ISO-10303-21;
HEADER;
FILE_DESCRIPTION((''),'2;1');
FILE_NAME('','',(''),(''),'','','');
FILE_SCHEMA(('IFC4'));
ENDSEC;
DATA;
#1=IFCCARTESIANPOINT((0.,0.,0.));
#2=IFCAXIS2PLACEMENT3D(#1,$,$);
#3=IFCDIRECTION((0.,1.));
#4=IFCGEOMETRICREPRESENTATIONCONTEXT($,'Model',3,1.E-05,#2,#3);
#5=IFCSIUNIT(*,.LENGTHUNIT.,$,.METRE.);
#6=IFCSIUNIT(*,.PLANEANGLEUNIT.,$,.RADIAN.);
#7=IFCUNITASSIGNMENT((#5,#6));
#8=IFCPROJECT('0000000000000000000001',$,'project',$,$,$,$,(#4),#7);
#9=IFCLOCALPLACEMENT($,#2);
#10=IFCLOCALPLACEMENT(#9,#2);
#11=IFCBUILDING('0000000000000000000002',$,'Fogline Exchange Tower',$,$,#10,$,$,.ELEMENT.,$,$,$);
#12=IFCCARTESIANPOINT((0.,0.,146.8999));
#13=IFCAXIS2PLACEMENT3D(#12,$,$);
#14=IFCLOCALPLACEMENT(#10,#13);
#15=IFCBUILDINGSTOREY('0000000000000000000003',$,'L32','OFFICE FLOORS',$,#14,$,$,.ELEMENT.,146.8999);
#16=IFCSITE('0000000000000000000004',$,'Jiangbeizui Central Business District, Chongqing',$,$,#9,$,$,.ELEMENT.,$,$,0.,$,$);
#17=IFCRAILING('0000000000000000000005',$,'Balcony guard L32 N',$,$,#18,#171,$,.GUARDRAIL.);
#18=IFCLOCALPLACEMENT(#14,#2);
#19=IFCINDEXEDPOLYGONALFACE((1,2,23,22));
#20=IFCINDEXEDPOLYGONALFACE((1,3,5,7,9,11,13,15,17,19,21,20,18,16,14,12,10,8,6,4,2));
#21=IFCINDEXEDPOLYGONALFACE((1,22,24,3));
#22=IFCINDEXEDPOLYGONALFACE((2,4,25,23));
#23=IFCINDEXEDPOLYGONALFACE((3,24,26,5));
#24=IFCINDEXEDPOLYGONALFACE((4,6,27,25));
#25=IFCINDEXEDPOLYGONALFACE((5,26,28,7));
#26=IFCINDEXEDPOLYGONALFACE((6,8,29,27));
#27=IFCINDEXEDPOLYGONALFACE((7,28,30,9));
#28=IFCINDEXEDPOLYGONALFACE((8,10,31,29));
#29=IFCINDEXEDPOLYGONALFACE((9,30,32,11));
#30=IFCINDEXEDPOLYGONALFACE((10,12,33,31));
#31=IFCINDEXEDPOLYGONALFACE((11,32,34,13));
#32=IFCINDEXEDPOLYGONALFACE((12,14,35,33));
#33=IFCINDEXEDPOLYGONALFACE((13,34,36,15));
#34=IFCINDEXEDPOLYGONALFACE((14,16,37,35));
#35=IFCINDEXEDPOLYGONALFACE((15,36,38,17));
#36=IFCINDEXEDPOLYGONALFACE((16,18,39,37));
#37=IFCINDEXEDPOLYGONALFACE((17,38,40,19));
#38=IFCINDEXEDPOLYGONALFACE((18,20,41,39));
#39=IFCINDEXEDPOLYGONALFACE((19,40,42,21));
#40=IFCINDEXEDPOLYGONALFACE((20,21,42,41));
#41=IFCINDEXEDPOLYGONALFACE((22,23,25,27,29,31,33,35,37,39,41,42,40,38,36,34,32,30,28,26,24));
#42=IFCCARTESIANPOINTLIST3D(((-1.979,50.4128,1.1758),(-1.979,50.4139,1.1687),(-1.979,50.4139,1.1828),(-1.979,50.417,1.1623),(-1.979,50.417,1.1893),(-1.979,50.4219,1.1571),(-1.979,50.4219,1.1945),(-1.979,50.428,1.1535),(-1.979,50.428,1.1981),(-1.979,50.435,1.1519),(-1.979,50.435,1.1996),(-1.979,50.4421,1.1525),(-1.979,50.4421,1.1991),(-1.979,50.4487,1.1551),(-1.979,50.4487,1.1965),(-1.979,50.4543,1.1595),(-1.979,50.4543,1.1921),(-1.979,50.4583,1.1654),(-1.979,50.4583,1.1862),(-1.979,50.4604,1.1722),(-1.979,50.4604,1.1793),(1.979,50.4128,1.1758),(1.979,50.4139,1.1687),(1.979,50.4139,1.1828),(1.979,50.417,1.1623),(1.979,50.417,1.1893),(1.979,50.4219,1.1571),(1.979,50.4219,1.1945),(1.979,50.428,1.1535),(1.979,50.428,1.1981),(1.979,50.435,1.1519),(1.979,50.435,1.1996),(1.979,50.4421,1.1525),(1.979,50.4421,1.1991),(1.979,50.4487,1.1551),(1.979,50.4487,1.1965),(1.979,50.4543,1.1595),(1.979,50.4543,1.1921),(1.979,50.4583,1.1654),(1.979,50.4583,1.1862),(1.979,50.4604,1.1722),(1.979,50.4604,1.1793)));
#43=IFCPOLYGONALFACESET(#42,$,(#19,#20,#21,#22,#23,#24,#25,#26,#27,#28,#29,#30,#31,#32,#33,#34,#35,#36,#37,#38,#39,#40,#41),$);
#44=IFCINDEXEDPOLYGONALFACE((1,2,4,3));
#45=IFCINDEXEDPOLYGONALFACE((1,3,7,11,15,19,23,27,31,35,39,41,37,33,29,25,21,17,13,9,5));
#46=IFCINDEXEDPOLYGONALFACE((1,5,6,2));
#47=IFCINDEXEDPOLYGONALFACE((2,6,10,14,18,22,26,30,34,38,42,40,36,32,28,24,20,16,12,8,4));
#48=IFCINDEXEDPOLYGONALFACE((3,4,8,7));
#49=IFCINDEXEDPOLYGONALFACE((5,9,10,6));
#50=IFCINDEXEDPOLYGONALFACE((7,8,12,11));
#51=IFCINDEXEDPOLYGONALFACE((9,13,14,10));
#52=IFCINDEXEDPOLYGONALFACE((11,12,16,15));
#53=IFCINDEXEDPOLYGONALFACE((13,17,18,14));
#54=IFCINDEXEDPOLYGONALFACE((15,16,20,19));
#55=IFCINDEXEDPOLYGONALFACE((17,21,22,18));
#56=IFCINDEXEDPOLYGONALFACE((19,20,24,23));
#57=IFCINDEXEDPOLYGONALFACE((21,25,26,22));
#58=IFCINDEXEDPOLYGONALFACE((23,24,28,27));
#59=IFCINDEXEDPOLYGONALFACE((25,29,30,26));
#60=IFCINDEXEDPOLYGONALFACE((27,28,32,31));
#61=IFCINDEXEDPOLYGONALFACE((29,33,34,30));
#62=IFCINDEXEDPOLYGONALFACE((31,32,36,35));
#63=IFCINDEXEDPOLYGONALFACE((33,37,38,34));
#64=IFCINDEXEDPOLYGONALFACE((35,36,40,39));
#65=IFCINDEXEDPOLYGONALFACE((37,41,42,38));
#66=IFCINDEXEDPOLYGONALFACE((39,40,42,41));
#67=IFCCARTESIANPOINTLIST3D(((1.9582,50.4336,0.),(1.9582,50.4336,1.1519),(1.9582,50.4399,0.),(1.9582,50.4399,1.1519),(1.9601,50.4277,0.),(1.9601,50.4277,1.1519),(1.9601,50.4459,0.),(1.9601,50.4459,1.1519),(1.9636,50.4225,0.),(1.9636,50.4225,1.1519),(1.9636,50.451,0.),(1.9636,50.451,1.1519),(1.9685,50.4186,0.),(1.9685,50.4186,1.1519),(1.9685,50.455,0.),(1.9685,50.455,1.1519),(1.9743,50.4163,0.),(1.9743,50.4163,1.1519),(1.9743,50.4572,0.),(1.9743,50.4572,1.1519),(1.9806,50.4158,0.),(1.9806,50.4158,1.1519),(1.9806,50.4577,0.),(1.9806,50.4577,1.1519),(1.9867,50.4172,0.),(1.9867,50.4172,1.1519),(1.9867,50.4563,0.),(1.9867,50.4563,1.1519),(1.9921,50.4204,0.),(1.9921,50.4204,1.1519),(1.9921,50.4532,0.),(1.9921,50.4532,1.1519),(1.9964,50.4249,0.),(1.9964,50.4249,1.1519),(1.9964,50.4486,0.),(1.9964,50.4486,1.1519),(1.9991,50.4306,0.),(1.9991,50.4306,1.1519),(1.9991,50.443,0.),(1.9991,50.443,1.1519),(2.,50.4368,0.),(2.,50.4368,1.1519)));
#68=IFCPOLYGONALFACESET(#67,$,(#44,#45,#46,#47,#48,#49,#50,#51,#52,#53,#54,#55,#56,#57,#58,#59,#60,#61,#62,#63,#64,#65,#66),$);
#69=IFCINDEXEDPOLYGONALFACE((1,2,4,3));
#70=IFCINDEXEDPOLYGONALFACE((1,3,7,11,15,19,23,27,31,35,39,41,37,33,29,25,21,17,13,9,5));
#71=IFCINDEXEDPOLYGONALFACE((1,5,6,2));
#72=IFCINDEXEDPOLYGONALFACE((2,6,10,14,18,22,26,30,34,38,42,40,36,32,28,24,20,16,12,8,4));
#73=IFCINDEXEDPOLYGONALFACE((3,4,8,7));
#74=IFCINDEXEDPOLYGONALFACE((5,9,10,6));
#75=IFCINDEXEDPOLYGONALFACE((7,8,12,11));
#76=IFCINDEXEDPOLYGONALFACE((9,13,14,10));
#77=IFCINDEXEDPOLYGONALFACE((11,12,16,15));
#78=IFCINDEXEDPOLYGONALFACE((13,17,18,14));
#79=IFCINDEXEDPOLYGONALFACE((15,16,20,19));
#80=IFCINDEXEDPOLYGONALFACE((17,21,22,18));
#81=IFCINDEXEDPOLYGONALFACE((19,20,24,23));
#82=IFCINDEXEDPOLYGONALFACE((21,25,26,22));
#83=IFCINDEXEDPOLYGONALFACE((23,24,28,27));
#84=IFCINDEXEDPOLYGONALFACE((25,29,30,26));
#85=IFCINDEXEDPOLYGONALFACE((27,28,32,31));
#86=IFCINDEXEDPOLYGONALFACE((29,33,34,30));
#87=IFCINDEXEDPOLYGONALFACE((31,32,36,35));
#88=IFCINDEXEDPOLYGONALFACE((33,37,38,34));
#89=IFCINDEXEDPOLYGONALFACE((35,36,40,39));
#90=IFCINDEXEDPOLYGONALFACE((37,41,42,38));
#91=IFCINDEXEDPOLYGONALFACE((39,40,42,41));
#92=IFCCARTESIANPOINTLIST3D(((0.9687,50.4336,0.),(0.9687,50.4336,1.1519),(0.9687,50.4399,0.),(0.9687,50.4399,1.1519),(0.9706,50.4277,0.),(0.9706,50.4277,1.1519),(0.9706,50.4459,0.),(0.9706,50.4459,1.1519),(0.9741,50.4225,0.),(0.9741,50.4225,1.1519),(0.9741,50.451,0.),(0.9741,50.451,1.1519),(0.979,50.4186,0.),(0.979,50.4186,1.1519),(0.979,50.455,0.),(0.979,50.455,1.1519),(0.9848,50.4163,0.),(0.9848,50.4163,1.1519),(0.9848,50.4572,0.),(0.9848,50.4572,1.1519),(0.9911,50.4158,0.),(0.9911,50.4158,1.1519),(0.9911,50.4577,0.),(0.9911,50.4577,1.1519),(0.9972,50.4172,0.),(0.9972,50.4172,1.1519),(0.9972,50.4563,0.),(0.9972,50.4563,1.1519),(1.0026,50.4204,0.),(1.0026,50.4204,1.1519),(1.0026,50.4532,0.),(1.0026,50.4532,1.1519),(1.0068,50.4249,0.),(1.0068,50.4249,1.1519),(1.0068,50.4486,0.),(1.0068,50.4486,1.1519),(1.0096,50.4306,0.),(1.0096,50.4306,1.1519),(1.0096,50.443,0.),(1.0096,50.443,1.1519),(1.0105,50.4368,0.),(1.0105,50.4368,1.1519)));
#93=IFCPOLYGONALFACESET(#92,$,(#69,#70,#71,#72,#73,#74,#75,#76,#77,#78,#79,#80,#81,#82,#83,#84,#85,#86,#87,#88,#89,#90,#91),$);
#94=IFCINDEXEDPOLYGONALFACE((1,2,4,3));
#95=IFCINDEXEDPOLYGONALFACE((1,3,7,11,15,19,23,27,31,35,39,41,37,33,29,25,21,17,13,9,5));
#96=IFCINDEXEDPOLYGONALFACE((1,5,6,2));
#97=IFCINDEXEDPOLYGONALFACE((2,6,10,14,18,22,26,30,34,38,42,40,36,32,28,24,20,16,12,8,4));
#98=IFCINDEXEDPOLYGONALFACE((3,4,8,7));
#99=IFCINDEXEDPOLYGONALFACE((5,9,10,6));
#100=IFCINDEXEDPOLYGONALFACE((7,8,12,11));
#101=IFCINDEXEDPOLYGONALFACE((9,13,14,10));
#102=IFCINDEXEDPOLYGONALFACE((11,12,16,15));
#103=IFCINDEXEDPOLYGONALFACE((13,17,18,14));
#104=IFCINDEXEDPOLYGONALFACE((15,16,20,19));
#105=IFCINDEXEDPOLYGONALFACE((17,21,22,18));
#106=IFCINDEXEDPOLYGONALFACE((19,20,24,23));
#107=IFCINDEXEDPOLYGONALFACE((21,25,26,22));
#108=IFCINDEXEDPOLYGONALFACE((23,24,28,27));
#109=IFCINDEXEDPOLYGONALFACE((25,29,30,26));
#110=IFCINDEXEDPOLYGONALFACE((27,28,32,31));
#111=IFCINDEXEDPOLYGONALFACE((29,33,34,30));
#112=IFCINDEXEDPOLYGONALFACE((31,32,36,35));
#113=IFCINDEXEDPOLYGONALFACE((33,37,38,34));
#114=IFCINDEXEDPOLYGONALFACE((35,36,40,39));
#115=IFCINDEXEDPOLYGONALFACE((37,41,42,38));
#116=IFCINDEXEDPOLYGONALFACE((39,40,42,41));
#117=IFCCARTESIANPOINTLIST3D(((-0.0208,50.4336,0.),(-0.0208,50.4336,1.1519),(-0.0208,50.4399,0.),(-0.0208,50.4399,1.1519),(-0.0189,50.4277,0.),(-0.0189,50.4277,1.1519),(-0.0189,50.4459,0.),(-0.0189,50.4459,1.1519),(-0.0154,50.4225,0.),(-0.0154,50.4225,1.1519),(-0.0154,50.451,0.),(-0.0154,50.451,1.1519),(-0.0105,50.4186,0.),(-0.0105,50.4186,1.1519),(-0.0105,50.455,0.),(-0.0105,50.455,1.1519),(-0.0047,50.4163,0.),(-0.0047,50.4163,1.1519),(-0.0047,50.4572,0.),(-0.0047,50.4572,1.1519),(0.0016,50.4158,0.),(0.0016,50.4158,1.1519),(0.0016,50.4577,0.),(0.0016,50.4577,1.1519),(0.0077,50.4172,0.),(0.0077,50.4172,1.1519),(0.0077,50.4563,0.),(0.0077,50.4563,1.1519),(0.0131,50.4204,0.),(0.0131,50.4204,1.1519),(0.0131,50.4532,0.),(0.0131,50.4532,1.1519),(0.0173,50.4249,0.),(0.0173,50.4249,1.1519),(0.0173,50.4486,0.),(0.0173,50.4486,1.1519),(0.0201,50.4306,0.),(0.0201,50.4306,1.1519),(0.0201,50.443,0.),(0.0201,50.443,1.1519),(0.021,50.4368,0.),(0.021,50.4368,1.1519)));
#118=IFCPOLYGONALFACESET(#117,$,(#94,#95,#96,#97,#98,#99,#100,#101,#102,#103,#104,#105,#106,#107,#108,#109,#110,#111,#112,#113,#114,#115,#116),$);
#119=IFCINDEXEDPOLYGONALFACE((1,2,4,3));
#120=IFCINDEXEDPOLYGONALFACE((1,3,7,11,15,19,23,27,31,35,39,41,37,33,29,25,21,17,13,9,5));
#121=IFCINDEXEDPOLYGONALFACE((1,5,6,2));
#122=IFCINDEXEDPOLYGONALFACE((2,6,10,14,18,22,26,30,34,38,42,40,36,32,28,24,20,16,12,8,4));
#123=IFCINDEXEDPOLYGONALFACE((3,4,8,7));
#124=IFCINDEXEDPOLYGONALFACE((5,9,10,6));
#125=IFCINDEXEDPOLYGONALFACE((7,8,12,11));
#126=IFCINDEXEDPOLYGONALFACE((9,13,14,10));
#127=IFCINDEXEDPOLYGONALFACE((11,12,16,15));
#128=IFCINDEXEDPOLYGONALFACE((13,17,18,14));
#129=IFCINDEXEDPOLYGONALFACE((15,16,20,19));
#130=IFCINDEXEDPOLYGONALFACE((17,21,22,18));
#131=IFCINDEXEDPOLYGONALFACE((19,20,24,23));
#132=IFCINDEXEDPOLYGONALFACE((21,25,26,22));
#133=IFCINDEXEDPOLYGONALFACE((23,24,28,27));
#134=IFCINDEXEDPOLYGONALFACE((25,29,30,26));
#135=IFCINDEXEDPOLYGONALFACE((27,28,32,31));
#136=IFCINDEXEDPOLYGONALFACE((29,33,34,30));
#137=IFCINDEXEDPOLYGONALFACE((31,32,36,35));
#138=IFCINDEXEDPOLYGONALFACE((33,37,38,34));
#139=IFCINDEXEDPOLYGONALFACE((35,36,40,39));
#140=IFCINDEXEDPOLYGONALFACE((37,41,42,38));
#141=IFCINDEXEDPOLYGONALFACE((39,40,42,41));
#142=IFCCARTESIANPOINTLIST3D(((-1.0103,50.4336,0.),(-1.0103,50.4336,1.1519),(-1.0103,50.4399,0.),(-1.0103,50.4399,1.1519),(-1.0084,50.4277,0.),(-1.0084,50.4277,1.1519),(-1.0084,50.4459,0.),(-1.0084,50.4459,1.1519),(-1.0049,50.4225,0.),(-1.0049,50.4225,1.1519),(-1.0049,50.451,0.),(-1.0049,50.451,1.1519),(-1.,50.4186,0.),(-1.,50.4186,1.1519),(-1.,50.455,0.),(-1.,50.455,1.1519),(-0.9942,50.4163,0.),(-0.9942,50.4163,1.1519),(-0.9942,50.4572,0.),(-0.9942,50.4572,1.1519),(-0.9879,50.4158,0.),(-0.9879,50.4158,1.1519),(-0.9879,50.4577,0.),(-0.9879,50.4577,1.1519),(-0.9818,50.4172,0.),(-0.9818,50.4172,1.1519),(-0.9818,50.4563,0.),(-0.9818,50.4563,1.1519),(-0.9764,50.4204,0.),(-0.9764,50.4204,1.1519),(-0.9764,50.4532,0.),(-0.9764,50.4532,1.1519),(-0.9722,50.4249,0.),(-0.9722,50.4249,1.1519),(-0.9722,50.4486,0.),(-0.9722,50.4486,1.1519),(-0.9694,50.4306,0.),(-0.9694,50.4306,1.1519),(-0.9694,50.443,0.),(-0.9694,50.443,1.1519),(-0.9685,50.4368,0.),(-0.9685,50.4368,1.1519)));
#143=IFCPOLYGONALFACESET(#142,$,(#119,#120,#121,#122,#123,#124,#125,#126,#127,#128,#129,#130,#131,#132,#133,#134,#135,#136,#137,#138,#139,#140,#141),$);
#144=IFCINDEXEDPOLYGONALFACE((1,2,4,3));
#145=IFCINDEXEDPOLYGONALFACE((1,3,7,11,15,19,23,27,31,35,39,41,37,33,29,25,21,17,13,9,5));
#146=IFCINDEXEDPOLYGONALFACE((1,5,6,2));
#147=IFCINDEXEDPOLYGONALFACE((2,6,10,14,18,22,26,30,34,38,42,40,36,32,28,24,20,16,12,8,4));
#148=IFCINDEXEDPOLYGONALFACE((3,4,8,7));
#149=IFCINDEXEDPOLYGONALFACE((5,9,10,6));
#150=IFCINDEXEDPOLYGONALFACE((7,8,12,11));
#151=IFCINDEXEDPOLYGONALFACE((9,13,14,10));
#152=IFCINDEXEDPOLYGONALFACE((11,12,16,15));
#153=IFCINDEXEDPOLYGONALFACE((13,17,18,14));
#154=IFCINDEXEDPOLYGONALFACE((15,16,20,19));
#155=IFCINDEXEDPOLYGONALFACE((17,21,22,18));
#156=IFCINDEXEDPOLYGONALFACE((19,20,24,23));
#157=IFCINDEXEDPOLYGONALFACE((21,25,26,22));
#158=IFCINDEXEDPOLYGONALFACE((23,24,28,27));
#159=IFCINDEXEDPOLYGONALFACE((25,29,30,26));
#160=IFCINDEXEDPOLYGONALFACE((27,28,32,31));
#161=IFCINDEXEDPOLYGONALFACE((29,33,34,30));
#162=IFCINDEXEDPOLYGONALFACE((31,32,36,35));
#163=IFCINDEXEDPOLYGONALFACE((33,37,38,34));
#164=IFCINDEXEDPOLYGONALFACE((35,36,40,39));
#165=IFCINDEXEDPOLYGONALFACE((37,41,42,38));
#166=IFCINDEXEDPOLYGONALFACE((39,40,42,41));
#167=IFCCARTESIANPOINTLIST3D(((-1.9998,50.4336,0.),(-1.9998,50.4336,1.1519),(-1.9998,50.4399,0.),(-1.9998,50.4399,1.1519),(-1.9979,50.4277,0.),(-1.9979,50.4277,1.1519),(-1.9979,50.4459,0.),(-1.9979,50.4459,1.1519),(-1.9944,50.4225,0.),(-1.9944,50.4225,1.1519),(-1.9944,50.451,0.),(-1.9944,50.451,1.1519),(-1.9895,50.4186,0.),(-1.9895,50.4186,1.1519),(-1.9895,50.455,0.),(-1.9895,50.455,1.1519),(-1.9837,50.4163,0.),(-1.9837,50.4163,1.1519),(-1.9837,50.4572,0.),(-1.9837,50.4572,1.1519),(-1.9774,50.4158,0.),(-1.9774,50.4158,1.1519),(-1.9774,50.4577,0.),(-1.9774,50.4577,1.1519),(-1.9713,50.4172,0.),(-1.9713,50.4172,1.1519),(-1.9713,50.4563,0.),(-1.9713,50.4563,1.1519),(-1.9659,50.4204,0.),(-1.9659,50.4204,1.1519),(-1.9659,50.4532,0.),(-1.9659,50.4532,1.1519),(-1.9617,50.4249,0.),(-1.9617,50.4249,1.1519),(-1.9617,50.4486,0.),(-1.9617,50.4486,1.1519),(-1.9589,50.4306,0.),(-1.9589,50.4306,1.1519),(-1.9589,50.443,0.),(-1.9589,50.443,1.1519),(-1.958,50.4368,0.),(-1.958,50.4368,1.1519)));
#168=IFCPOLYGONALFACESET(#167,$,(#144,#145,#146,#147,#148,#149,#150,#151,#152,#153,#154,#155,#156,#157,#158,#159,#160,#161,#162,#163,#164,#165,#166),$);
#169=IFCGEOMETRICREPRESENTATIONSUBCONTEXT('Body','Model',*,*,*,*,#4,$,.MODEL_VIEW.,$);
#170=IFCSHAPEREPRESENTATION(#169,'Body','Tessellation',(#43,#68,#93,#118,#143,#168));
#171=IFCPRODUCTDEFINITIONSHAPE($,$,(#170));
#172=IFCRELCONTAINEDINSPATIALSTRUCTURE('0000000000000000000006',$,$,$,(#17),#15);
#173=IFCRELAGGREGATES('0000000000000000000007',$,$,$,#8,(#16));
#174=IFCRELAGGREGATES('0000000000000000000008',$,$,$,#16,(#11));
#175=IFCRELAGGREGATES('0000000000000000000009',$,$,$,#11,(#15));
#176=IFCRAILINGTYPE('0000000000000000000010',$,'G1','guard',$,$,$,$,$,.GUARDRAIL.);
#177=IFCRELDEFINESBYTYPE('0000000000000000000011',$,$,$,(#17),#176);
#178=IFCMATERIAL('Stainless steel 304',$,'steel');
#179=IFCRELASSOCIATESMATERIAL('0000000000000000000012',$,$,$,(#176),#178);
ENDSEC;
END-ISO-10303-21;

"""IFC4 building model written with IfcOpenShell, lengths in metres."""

from ifc_helpers import new_model, si_unit, direction, frame, origin, origin_2d, place, context, subcontext, project, spatial, circle, extrude, material, type_object, element, save


model = new_model("IFC4")

# Units and contexts
model_context = context("Model", 3, precision=1e-05, world=origin(), true_north=direction((0.0, 1.0)))
body_context = subcontext(model_context, "Body", "Model", "MODEL_VIEW")
ifc_project = project(units=[si_unit("LENGTHUNIT", "METRE"), si_unit("PLANEANGLEUNIT", "RADIAN")], contexts=[model_context])

# Site, building, storey
site_placement = place(None, origin())
site = spatial("IfcSite", under=ifc_project, at=site_placement, Name="Jiangbeizui Central Business District, Chongqing", CompositionType="ELEMENT", RefElevation=0.0)
building_placement = place(site_placement, origin())
building = spatial("IfcBuilding", under=site, at=building_placement, Name="Fogline Exchange Tower", CompositionType="ELEMENT")
storey_placement = place(building_placement, frame((0.0, 0.0, 146.8999)))
storey = spatial("IfcBuildingStorey", under=building, at=storey_placement, Name="L32", Description="OFFICE FLOORS", CompositionType="ELEMENT", Elevation=146.8999)

# Railing
ifc_material_1 = material(Name="Stainless steel 304", Category="steel")
railing_type = type_object("IfcRailingType", Name="G1", Description="guard", PredefinedType="GUARDRAIL", material=ifc_material_1)
railing_placement = place(storey_placement, frame((1.979, 50.4368, 0.0)))
element("IfcRailing", 1, at=railing_placement, inside=storey, type_object=railing_type, Name="Balcony guard L32 N", PredefinedType="GUARDRAIL", context=body_context, shape_type="SweptSolid", body=[
    extrude(circle(Radius=0.0239, at=origin_2d()), frame((0.0, 0.0, 1.1758), z_axis=(-1.0, 0.0, 0.0), x_axis=(0.0, -1.0, 0.0)), (0.0, 0.0, 1.0), 3.958),
    extrude(circle(Radius=0.021, at=origin_2d()), origin(), (0.0, 0.0, 1.0), 1.1519),
    extrude(circle(Radius=0.021, at=origin_2d()), frame((-0.9895, 0.0, 0.0)), (0.0, 0.0, 1.0), 1.1519),
    extrude(circle(Radius=0.021, at=origin_2d()), frame((-1.979, 0.0, 0.0)), (0.0, 0.0, 1.0), 1.1519),
    extrude(circle(Radius=0.021, at=origin_2d()), frame((-2.9685, 0.0, 0.0)), (0.0, 0.0, 1.0), 1.1519),
    extrude(circle(Radius=0.021, at=origin_2d()), frame((-3.958, 0.0, 0.0)), (0.0, 0.0, 1.0), 1.1519),
])

save(model, "model.ifc")
